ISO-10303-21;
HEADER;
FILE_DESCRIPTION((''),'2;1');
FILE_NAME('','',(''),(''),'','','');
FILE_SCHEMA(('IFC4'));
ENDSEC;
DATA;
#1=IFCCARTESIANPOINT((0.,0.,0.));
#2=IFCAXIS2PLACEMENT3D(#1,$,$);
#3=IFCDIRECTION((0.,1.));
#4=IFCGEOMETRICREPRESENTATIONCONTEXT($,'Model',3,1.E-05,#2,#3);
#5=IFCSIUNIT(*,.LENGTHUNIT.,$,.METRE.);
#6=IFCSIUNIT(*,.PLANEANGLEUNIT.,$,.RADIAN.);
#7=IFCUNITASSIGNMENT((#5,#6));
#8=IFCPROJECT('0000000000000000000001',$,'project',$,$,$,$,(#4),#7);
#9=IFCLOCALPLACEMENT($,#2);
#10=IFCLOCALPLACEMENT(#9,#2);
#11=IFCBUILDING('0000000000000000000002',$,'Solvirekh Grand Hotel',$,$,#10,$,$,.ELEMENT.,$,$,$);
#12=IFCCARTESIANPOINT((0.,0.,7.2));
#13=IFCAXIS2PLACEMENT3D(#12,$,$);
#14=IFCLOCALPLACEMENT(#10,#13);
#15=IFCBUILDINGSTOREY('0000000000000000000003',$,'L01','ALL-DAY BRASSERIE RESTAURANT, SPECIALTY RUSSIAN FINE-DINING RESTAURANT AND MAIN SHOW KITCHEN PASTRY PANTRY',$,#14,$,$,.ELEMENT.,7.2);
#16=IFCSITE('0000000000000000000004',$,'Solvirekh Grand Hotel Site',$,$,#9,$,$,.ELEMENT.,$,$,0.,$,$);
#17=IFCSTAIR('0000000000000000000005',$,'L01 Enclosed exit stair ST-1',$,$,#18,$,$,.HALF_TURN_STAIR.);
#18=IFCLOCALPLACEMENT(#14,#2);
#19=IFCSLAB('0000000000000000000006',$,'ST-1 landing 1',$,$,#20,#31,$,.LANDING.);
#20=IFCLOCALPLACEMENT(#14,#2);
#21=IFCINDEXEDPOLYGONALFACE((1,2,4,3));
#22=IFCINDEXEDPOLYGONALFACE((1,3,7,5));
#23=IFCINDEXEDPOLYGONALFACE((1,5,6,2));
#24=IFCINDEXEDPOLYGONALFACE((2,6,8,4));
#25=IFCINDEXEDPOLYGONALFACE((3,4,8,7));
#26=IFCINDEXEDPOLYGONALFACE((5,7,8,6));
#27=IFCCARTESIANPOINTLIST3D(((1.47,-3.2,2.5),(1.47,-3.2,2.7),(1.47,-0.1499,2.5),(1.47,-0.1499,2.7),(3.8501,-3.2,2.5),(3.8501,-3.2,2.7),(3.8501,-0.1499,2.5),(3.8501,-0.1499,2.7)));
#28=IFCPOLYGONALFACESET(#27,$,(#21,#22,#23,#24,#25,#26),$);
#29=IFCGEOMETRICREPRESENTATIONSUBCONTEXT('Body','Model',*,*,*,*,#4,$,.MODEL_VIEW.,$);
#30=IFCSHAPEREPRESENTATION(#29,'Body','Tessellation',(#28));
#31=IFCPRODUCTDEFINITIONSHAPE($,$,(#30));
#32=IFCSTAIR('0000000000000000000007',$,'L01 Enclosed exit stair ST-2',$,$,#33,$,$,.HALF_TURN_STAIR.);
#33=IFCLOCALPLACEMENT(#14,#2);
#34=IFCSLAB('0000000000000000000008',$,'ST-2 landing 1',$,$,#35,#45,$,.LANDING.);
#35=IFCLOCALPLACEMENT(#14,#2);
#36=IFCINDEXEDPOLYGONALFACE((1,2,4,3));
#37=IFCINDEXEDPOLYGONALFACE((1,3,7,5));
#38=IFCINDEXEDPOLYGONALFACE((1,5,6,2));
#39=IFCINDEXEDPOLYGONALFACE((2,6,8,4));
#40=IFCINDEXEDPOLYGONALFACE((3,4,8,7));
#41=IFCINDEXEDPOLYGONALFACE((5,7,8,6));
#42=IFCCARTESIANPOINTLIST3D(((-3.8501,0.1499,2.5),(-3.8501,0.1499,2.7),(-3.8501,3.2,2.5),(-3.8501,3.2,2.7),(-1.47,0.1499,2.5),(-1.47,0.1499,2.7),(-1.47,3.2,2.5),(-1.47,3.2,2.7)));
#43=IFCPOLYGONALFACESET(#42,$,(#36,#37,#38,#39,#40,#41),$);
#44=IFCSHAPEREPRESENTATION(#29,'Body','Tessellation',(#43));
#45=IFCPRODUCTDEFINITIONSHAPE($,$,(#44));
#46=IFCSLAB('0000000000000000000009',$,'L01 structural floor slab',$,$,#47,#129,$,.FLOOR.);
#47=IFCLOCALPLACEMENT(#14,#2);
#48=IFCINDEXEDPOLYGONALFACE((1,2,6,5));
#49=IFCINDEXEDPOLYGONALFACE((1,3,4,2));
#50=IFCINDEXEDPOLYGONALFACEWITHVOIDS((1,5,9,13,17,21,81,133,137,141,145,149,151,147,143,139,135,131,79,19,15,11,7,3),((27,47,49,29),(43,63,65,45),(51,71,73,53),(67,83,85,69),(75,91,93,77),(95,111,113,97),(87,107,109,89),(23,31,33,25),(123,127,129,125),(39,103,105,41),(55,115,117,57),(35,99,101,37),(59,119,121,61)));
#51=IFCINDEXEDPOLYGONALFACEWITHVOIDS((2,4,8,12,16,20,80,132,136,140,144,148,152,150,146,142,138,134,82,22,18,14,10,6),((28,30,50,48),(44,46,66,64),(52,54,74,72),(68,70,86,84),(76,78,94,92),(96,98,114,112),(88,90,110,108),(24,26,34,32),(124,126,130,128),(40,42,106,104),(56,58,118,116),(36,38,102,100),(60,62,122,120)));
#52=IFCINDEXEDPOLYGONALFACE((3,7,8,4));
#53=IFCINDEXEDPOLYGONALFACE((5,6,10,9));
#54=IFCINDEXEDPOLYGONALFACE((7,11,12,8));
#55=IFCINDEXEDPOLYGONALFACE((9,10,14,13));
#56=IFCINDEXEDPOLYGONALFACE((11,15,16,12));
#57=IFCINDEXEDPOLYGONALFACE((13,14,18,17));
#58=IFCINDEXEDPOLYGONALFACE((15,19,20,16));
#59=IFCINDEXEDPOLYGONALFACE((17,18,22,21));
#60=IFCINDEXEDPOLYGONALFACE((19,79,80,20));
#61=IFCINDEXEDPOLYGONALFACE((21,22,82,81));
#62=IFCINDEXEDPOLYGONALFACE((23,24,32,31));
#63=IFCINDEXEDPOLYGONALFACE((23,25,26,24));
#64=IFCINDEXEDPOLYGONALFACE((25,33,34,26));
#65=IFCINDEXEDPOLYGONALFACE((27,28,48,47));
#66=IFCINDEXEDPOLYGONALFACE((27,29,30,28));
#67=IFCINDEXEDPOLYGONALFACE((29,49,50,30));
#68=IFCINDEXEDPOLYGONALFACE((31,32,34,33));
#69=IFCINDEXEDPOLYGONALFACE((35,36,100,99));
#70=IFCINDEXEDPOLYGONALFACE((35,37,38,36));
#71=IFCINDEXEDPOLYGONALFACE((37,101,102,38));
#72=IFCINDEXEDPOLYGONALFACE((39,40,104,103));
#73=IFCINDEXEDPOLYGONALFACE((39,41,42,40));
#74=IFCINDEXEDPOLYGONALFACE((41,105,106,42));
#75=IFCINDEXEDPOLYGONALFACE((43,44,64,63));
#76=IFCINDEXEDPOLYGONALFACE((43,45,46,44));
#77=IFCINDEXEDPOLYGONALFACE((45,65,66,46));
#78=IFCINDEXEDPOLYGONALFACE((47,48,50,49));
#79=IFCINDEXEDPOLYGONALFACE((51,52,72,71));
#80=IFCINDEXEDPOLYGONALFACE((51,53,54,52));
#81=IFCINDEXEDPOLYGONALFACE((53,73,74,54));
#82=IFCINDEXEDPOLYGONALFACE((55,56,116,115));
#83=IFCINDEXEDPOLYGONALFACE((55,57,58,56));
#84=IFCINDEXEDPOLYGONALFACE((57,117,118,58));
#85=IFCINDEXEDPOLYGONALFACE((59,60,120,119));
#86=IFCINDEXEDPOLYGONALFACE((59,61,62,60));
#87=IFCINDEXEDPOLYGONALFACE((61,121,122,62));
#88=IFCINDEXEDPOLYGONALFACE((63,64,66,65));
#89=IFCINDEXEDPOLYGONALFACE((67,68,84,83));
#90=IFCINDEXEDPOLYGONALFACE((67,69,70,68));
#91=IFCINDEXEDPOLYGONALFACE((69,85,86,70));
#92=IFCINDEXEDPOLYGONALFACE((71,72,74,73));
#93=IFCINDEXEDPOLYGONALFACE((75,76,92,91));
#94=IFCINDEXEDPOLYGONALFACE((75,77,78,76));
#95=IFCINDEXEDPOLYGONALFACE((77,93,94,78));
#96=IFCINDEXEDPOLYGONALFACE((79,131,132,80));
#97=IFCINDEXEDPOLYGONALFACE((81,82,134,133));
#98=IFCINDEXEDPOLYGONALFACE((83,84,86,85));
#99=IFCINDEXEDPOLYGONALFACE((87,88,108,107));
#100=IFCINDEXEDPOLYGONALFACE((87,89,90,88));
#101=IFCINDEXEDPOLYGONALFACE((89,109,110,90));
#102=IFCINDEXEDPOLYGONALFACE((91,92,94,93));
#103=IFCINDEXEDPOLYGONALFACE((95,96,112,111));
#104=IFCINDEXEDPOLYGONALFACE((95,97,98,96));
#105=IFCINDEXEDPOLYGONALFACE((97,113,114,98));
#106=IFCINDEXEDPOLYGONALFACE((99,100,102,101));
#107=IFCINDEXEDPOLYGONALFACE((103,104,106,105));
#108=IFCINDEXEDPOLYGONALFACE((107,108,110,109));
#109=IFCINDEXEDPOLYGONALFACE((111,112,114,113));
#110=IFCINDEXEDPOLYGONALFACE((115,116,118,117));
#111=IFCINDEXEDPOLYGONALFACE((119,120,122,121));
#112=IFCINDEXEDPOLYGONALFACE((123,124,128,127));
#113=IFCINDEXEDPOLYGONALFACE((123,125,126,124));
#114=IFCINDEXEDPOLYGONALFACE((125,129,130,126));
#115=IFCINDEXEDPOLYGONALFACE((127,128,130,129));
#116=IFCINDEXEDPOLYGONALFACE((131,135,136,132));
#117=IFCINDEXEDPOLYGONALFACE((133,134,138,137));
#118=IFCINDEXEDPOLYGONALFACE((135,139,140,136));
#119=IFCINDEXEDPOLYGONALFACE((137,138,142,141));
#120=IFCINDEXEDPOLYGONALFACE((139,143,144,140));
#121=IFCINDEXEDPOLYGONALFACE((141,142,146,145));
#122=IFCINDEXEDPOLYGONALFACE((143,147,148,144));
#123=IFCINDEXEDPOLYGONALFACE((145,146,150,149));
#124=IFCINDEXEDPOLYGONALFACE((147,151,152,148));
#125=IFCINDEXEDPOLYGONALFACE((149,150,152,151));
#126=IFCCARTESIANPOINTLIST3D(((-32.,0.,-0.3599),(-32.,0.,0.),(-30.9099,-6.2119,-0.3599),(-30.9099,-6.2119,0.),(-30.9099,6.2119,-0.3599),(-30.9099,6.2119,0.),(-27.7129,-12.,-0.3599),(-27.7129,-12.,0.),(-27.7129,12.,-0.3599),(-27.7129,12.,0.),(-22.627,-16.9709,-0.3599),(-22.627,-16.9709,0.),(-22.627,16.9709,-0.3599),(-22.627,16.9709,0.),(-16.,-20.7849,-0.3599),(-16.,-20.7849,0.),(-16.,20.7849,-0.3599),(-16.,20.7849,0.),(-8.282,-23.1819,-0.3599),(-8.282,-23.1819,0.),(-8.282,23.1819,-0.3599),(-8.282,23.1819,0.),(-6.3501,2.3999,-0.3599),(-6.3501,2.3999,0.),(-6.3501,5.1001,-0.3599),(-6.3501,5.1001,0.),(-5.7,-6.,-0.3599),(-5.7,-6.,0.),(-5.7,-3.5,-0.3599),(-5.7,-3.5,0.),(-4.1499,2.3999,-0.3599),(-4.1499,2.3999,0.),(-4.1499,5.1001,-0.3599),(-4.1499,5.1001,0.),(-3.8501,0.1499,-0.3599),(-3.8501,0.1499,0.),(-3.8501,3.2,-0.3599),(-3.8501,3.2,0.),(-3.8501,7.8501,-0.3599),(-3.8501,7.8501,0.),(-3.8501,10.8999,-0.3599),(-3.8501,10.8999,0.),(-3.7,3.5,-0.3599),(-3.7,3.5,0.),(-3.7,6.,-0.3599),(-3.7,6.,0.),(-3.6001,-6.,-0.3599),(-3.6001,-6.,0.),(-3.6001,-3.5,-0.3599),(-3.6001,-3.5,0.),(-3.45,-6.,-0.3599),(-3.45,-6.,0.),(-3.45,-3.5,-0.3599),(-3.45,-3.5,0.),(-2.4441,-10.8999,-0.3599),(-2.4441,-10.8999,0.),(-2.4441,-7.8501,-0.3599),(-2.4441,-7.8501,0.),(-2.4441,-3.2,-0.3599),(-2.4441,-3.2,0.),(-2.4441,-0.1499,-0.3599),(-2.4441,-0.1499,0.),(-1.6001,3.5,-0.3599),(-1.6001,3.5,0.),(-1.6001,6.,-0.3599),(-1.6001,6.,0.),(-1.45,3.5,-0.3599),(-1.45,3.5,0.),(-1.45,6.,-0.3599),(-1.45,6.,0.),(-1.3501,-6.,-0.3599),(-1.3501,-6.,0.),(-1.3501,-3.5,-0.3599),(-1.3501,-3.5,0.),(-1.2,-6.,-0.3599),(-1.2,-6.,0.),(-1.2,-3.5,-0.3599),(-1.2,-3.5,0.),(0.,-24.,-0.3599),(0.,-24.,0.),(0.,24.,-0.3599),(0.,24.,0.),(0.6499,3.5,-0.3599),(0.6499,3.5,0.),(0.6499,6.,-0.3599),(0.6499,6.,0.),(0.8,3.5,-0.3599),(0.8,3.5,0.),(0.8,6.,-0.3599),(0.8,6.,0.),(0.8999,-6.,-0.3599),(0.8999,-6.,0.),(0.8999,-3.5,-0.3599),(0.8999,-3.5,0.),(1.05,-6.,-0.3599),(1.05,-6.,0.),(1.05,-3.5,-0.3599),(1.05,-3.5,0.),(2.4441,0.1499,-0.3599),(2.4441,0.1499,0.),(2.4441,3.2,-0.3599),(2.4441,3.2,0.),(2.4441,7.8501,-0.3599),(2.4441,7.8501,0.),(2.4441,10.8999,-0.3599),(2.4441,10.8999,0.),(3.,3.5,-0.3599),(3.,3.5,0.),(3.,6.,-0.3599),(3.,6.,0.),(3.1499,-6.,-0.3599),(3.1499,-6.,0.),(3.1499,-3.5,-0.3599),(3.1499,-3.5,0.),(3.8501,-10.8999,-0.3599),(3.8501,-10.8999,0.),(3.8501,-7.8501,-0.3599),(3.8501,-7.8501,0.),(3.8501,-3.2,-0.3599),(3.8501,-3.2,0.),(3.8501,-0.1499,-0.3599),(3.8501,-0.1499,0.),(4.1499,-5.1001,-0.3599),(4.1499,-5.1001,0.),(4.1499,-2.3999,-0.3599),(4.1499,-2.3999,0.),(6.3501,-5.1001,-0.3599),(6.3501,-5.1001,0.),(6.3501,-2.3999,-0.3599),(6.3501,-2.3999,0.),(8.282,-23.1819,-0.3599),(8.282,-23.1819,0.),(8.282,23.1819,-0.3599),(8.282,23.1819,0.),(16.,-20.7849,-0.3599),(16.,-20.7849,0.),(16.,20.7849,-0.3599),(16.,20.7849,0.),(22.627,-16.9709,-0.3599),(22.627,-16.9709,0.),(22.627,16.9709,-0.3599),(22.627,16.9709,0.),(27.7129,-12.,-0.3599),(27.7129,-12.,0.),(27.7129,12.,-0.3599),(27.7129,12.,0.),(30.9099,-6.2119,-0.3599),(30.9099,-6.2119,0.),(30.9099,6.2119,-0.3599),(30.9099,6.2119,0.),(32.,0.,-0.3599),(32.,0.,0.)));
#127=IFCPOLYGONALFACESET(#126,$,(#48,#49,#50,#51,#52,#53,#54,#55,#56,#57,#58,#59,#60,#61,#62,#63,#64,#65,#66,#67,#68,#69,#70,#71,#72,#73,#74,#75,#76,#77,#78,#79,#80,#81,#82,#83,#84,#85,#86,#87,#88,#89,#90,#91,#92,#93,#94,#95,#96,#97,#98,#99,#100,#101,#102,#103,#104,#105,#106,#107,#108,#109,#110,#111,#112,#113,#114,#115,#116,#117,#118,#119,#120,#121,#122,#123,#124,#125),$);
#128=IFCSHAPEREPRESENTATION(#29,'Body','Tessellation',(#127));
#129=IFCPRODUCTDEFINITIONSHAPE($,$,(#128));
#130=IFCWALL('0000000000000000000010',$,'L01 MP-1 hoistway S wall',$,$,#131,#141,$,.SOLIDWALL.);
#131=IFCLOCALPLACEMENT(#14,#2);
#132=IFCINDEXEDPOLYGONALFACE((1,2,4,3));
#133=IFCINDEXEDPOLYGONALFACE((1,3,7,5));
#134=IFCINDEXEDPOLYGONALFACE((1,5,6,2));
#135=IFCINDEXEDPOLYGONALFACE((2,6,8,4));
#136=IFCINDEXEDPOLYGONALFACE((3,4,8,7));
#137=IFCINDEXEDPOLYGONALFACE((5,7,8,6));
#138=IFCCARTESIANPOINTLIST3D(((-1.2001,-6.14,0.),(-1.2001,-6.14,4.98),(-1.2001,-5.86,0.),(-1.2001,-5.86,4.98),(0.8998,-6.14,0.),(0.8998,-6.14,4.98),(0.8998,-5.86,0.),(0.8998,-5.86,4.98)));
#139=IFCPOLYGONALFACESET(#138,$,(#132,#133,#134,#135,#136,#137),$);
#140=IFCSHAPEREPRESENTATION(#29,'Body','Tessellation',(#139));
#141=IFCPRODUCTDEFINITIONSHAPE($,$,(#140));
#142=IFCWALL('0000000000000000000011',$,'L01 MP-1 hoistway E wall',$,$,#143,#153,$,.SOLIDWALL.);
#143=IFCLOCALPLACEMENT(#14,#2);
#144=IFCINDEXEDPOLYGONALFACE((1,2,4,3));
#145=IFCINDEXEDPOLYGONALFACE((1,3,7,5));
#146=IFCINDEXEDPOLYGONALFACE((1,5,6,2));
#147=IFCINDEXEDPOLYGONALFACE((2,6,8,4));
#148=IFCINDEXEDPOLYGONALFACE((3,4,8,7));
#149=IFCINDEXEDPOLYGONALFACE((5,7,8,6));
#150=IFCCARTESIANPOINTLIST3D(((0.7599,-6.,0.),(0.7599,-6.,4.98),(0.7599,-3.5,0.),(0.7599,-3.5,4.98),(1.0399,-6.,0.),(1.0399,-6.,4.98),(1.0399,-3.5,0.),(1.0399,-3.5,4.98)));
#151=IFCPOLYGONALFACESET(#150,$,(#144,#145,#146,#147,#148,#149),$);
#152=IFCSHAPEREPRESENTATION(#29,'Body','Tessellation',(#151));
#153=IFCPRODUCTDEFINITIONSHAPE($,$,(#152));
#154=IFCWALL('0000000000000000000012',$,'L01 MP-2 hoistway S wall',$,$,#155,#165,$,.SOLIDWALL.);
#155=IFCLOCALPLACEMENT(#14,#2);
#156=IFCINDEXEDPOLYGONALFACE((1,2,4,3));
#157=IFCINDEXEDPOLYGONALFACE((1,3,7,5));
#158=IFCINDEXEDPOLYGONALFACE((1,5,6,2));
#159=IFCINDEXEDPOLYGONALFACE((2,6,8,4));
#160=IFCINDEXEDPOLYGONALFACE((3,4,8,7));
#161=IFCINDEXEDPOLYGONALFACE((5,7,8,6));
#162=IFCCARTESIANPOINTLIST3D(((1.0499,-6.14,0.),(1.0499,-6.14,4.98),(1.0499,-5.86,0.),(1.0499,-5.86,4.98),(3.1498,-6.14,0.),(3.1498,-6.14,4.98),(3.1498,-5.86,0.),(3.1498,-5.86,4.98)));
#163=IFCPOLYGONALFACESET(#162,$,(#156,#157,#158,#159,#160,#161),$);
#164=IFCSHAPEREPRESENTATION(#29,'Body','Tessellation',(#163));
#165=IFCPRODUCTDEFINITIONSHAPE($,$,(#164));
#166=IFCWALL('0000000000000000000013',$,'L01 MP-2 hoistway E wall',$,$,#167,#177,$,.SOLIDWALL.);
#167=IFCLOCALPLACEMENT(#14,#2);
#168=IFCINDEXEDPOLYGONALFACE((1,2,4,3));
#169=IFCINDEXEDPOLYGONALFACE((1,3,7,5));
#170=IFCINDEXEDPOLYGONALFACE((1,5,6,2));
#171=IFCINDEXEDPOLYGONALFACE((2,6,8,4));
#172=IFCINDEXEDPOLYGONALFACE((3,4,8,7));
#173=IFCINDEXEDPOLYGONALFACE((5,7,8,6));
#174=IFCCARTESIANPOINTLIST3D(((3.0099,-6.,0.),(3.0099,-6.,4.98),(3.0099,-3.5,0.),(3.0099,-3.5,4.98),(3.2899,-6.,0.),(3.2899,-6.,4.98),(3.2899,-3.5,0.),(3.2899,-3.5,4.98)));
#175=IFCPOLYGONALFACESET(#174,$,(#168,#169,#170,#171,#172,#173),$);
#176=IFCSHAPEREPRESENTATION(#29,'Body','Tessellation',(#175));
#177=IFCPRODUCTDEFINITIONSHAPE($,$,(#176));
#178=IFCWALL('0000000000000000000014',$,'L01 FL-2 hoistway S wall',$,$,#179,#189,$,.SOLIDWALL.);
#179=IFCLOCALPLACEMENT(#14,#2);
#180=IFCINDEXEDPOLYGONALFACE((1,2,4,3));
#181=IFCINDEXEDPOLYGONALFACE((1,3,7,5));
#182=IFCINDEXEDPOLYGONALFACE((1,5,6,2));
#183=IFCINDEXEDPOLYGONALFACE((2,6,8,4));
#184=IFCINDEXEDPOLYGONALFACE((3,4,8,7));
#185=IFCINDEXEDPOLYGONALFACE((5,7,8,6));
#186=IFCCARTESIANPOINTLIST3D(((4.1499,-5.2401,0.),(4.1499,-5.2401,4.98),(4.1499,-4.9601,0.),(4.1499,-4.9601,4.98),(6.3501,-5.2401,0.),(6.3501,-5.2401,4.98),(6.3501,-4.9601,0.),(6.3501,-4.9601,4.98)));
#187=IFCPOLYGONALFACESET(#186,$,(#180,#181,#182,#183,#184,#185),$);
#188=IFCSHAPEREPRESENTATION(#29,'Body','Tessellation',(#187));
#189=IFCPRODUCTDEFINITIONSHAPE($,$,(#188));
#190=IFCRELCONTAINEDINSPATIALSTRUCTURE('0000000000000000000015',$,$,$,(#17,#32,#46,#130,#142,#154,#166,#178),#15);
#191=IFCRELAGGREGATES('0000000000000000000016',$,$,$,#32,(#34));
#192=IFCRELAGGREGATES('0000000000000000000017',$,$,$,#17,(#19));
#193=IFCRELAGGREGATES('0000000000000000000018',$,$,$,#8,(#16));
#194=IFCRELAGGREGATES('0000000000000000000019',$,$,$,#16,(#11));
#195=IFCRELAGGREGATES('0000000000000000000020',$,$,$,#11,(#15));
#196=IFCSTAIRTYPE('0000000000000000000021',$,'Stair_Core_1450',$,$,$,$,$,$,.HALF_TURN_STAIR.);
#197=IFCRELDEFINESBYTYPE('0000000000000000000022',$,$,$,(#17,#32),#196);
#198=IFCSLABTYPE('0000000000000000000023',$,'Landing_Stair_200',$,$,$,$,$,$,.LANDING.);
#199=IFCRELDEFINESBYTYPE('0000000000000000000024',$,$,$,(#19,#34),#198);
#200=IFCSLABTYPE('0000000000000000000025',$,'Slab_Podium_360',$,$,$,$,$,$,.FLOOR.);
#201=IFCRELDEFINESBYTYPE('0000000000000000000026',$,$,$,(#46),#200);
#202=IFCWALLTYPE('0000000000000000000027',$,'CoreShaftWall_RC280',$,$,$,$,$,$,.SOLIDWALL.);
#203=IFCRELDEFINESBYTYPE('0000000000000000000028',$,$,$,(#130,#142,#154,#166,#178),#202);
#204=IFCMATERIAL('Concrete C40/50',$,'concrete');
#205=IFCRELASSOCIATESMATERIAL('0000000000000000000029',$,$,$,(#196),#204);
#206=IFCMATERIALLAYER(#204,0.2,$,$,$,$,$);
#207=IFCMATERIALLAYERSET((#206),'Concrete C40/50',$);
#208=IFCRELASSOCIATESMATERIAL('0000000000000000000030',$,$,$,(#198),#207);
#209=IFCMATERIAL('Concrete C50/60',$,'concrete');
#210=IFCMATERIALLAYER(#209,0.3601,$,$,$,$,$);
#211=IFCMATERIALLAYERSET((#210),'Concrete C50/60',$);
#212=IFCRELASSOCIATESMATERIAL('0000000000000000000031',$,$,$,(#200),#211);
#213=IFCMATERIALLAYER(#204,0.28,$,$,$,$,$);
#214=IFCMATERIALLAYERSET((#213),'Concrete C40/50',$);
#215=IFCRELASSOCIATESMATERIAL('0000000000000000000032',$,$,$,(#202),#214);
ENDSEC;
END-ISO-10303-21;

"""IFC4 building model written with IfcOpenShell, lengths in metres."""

from ifc_helpers import new_model, si_unit, direction, frame, frame_2d, origin, place, context, subcontext, project, spatial, polyline, rectangle, outline, extrude, material, layer, layer_set, type_object, element, aggregate, save


model = new_model("IFC4")

# Units and contexts
model_context = context("Model", 3, precision=1e-05, world=origin(), true_north=direction((0.0, 1.0)))
body_context = subcontext(model_context, "Body", "Model", "MODEL_VIEW")
ifc_project = project(units=[si_unit("LENGTHUNIT", "METRE"), si_unit("PLANEANGLEUNIT", "RADIAN")], contexts=[model_context])

# Site, building, storey
site_placement = place(None, origin())
site = spatial("IfcSite", under=ifc_project, at=site_placement, Name="Solvirekh Grand Hotel Site", CompositionType="ELEMENT", RefElevation=0.0)
building_placement = place(site_placement, origin())
building = spatial("IfcBuilding", under=site, at=building_placement, Name="Solvirekh Grand Hotel", CompositionType="ELEMENT")
storey_placement = place(building_placement, frame((0.0, 0.0, 7.2)))
storey = spatial("IfcBuildingStorey", under=building, at=storey_placement, Name="L01", Description="ALL-DAY BRASSERIE RESTAURANT, SPECIALTY RUSSIAN FINE-DINING RESTAURANT AND MAIN SHOW KITCHEN PASTRY PANTRY", CompositionType="ELEMENT", Elevation=7.2)

# Stairs, slabs
ifc_material_1 = material(Name="Concrete C40/50", Category="concrete")
stair_type_1 = type_object("IfcStairType", Name="Stair_Core_1450", PredefinedType="HALF_TURN_STAIR", material=ifc_material_1)
stair_1_placement = place(storey_placement, origin())
stair_1 = element("IfcStair", 1, at=stair_1_placement, inside=storey, type_object=stair_type_1, Name="L01 Enclosed exit stair ST-1", PredefinedType="HALF_TURN_STAIR")
ifc_layer_1 = layer(ifc_material_1, 0.2)
ifc_layer_set_1 = layer_set([ifc_layer_1], Name="Concrete C40/50")
slab_type_1 = type_object("IfcSlabType", Name="Landing_Stair_200", PredefinedType="LANDING", material=ifc_layer_set_1)
slab_1_placement = place(storey_placement, frame((0.0, 0.0, 2.5)))
slab_1 = element("IfcSlab", 2, at=slab_1_placement, type_object=slab_type_1, Name="ST-1 landing 1", PredefinedType="LANDING", context=body_context, shape_type="SweptSolid", body=[
    extrude(outline(polyline([(1.47, -3.2), (3.8501, -3.2), (3.8501, -0.1499), (1.47, -0.1499), (1.47, -3.2)])), origin(), (0.0, 0.0, 1.0), 0.2),
])
stair_2_placement = place(storey_placement, origin())
stair_2 = element("IfcStair", 3, at=stair_2_placement, inside=storey, type_object=stair_type_1, Name="L01 Enclosed exit stair ST-2", PredefinedType="HALF_TURN_STAIR")
slab_2_placement = place(storey_placement, frame((0.0, 0.0, 2.5)))
slab_2 = element("IfcSlab", 4, at=slab_2_placement, type_object=slab_type_1, Name="ST-2 landing 1", PredefinedType="LANDING", context=body_context, shape_type="SweptSolid", body=[
    extrude(outline(polyline([(-1.47, 3.2), (-3.8501, 3.2), (-3.8501, 0.1499), (-1.47, 0.1499), (-1.47, 3.2)])), origin(), (0.0, 0.0, 1.0), 0.2),
])
aggregate(stair_2, [slab_2])

# Slab
ifc_material_2 = material(Name="Concrete C50/60", Category="concrete")
ifc_layer_2 = layer(ifc_material_2, 0.3601)
ifc_layer_set_2 = layer_set([ifc_layer_2], Name="Concrete C50/60")
slab_type_2 = type_object("IfcSlabType", Name="Slab_Podium_360", PredefinedType="FLOOR", material=ifc_layer_set_2)
slab_3_placement = place(storey_placement, frame((0.0, 0.0, -0.3599)))
element("IfcSlab", 5, at=slab_3_placement, inside=storey, type_object=slab_type_2, Name="L01 structural floor slab", PredefinedType="FLOOR", context=body_context, shape_type="SweptSolid", body=[
    extrude(outline(polyline([(32.0, 0.0), (30.9099, 6.2119), (27.7129, 12.0), (22.627, 16.9709), (16.0, 20.7849), (8.282, 23.1819), (0.0, 24.0), (-8.282, 23.1819), (-16.0, 20.7849), (-22.627, 16.9709), (-27.7129, 12.0), (-30.9099, 6.2119), (-32.0, 0.0), (-30.9099, -6.2119), (-27.7129, -12.0), (-22.627, -16.9709), (-16.0, -20.7849), (-8.282, -23.1819), (0.0, -24.0), (8.282, -23.1819), (16.0, -20.7849), (22.627, -16.9709), (27.7129, -12.0), (30.9099, -6.2119), (32.0, 0.0)]), holes=[polyline([(-2.4441, -0.1499), (3.8501, -0.1499), (3.8501, -3.2), (-2.4441, -3.2), (-2.4441, -0.1499)]), polyline([(2.4441, 0.1499), (-3.8501, 0.1499), (-3.8501, 3.2), (2.4441, 3.2), (2.4441, 0.1499)]), polyline([(-2.4441, -7.8501), (3.8501, -7.8501), (3.8501, -10.8999), (-2.4441, -10.8999), (-2.4441, -7.8501)]), polyline([(2.4441, 7.8501), (-3.8501, 7.8501), (-3.8501, 10.8999), (2.4441, 10.8999), (2.4441, 7.8501)]), polyline([(-5.7, -3.5), (-3.6001, -3.5), (-3.6001, -6.0), (-5.7, -6.0), (-5.7, -3.5)]), polyline([(-3.45, -3.5), (-1.3501, -3.5), (-1.3501, -6.0), (-3.45, -6.0), (-3.45, -3.5)]), polyline([(-1.2, -3.5), (0.8999, -3.5), (0.8999, -6.0), (-1.2, -6.0), (-1.2, -3.5)]), polyline([(1.05, -3.5), (3.1499, -3.5), (3.1499, -6.0), (1.05, -6.0), (1.05, -3.5)]), polyline([(-3.7, 6.0), (-1.6001, 6.0), (-1.6001, 3.5), (-3.7, 3.5), (-3.7, 6.0)]), polyline([(-1.45, 6.0), (0.6499, 6.0), (0.6499, 3.5), (-1.45, 3.5), (-1.45, 6.0)]), polyline([(0.8, 6.0), (3.0, 6.0), (3.0, 3.5), (0.8, 3.5), (0.8, 6.0)]), polyline([(-6.3501, 5.1001), (-4.1499, 5.1001), (-4.1499, 2.3999), (-6.3501, 2.3999), (-6.3501, 5.1001)]), polyline([(4.1499, -2.3999), (6.3501, -2.3999), (6.3501, -5.1001), (4.1499, -5.1001), (4.1499, -2.3999)])]), origin(), (0.0, 0.0, 1.0), 0.3599),
])

# Walls
ifc_layer_3 = layer(ifc_material_1, 0.28)
ifc_layer_set_3 = layer_set([ifc_layer_3], Name="Concrete C40/50")
wall_type_1 = type_object("IfcWallType", Name="CoreShaftWall_RC280", PredefinedType="SOLIDWALL", material=ifc_layer_set_3)
wall_1_placement = place(storey_placement, frame((-1.2, -6.0, 0.0), z_axis=(0.0, 0.0, 1.0), x_axis=(1.0, 0.0, 0.0)))
element("IfcWall", 6, at=wall_1_placement, inside=storey, type_object=wall_type_1, Name="L01 MP-1 hoistway S wall", PredefinedType="SOLIDWALL", context=body_context, shape_type="SweptSolid", body=[
    extrude(rectangle(XDim=2.0999, YDim=0.28, at=frame_2d((1.0498, 0.0))), origin(), (0.0, 0.0, 1.0), 4.98),
])
wall_2_placement = place(storey_placement, frame((0.8999, -6.0, 0.0), z_axis=(0.0, 0.0, 1.0), x_axis=(0.0, 1.0, 0.0)))
element("IfcWall", 7, at=wall_2_placement, inside=storey, type_object=wall_type_1, Name="L01 MP-1 hoistway E wall", PredefinedType="SOLIDWALL", context=body_context, shape_type="SweptSolid", body=[
    extrude(rectangle(XDim=2.5, YDim=0.28, at=frame_2d((1.25, 0.0))), origin(), (0.0, 0.0, 1.0), 4.98),
])
wall_3_placement = place(storey_placement, frame((1.05, -6.0, 0.0), z_axis=(0.0, 0.0, 1.0), x_axis=(1.0, 0.0, 0.0)))
element("IfcWall", 8, at=wall_3_placement, inside=storey, type_object=wall_type_1, Name="L01 MP-2 hoistway S wall", PredefinedType="SOLIDWALL", context=body_context, shape_type="SweptSolid", body=[
    extrude(rectangle(XDim=2.0999, YDim=0.28, at=frame_2d((1.0498, 0.0))), origin(), (0.0, 0.0, 1.0), 4.98),
])
wall_4_placement = place(storey_placement, frame((3.1499, -6.0, 0.0), z_axis=(0.0, 0.0, 1.0), x_axis=(0.0, 1.0, 0.0)))
element("IfcWall", 9, at=wall_4_placement, inside=storey, type_object=wall_type_1, Name="L01 MP-2 hoistway E wall", PredefinedType="SOLIDWALL", context=body_context, shape_type="SweptSolid", body=[
    extrude(rectangle(XDim=2.5, YDim=0.28, at=frame_2d((1.25, 0.0))), origin(), (0.0, 0.0, 1.0), 4.98),
])
wall_5_placement = place(storey_placement, frame((4.1499, -5.1001, 0.0), z_axis=(0.0, 0.0, 1.0), x_axis=(1.0, 0.0, 0.0)))
element("IfcWall", 10, at=wall_5_placement, inside=storey, type_object=wall_type_1, Name="L01 FL-2 hoistway S wall", PredefinedType="SOLIDWALL", context=body_context, shape_type="SweptSolid", body=[
    extrude(rectangle(XDim=2.2002, YDim=0.28, at=frame_2d((1.1001, 0.0))), origin(), (0.0, 0.0, 1.0), 4.98),
])

aggregate(stair_1, [slab_1])

save(model, "model.ifc")
